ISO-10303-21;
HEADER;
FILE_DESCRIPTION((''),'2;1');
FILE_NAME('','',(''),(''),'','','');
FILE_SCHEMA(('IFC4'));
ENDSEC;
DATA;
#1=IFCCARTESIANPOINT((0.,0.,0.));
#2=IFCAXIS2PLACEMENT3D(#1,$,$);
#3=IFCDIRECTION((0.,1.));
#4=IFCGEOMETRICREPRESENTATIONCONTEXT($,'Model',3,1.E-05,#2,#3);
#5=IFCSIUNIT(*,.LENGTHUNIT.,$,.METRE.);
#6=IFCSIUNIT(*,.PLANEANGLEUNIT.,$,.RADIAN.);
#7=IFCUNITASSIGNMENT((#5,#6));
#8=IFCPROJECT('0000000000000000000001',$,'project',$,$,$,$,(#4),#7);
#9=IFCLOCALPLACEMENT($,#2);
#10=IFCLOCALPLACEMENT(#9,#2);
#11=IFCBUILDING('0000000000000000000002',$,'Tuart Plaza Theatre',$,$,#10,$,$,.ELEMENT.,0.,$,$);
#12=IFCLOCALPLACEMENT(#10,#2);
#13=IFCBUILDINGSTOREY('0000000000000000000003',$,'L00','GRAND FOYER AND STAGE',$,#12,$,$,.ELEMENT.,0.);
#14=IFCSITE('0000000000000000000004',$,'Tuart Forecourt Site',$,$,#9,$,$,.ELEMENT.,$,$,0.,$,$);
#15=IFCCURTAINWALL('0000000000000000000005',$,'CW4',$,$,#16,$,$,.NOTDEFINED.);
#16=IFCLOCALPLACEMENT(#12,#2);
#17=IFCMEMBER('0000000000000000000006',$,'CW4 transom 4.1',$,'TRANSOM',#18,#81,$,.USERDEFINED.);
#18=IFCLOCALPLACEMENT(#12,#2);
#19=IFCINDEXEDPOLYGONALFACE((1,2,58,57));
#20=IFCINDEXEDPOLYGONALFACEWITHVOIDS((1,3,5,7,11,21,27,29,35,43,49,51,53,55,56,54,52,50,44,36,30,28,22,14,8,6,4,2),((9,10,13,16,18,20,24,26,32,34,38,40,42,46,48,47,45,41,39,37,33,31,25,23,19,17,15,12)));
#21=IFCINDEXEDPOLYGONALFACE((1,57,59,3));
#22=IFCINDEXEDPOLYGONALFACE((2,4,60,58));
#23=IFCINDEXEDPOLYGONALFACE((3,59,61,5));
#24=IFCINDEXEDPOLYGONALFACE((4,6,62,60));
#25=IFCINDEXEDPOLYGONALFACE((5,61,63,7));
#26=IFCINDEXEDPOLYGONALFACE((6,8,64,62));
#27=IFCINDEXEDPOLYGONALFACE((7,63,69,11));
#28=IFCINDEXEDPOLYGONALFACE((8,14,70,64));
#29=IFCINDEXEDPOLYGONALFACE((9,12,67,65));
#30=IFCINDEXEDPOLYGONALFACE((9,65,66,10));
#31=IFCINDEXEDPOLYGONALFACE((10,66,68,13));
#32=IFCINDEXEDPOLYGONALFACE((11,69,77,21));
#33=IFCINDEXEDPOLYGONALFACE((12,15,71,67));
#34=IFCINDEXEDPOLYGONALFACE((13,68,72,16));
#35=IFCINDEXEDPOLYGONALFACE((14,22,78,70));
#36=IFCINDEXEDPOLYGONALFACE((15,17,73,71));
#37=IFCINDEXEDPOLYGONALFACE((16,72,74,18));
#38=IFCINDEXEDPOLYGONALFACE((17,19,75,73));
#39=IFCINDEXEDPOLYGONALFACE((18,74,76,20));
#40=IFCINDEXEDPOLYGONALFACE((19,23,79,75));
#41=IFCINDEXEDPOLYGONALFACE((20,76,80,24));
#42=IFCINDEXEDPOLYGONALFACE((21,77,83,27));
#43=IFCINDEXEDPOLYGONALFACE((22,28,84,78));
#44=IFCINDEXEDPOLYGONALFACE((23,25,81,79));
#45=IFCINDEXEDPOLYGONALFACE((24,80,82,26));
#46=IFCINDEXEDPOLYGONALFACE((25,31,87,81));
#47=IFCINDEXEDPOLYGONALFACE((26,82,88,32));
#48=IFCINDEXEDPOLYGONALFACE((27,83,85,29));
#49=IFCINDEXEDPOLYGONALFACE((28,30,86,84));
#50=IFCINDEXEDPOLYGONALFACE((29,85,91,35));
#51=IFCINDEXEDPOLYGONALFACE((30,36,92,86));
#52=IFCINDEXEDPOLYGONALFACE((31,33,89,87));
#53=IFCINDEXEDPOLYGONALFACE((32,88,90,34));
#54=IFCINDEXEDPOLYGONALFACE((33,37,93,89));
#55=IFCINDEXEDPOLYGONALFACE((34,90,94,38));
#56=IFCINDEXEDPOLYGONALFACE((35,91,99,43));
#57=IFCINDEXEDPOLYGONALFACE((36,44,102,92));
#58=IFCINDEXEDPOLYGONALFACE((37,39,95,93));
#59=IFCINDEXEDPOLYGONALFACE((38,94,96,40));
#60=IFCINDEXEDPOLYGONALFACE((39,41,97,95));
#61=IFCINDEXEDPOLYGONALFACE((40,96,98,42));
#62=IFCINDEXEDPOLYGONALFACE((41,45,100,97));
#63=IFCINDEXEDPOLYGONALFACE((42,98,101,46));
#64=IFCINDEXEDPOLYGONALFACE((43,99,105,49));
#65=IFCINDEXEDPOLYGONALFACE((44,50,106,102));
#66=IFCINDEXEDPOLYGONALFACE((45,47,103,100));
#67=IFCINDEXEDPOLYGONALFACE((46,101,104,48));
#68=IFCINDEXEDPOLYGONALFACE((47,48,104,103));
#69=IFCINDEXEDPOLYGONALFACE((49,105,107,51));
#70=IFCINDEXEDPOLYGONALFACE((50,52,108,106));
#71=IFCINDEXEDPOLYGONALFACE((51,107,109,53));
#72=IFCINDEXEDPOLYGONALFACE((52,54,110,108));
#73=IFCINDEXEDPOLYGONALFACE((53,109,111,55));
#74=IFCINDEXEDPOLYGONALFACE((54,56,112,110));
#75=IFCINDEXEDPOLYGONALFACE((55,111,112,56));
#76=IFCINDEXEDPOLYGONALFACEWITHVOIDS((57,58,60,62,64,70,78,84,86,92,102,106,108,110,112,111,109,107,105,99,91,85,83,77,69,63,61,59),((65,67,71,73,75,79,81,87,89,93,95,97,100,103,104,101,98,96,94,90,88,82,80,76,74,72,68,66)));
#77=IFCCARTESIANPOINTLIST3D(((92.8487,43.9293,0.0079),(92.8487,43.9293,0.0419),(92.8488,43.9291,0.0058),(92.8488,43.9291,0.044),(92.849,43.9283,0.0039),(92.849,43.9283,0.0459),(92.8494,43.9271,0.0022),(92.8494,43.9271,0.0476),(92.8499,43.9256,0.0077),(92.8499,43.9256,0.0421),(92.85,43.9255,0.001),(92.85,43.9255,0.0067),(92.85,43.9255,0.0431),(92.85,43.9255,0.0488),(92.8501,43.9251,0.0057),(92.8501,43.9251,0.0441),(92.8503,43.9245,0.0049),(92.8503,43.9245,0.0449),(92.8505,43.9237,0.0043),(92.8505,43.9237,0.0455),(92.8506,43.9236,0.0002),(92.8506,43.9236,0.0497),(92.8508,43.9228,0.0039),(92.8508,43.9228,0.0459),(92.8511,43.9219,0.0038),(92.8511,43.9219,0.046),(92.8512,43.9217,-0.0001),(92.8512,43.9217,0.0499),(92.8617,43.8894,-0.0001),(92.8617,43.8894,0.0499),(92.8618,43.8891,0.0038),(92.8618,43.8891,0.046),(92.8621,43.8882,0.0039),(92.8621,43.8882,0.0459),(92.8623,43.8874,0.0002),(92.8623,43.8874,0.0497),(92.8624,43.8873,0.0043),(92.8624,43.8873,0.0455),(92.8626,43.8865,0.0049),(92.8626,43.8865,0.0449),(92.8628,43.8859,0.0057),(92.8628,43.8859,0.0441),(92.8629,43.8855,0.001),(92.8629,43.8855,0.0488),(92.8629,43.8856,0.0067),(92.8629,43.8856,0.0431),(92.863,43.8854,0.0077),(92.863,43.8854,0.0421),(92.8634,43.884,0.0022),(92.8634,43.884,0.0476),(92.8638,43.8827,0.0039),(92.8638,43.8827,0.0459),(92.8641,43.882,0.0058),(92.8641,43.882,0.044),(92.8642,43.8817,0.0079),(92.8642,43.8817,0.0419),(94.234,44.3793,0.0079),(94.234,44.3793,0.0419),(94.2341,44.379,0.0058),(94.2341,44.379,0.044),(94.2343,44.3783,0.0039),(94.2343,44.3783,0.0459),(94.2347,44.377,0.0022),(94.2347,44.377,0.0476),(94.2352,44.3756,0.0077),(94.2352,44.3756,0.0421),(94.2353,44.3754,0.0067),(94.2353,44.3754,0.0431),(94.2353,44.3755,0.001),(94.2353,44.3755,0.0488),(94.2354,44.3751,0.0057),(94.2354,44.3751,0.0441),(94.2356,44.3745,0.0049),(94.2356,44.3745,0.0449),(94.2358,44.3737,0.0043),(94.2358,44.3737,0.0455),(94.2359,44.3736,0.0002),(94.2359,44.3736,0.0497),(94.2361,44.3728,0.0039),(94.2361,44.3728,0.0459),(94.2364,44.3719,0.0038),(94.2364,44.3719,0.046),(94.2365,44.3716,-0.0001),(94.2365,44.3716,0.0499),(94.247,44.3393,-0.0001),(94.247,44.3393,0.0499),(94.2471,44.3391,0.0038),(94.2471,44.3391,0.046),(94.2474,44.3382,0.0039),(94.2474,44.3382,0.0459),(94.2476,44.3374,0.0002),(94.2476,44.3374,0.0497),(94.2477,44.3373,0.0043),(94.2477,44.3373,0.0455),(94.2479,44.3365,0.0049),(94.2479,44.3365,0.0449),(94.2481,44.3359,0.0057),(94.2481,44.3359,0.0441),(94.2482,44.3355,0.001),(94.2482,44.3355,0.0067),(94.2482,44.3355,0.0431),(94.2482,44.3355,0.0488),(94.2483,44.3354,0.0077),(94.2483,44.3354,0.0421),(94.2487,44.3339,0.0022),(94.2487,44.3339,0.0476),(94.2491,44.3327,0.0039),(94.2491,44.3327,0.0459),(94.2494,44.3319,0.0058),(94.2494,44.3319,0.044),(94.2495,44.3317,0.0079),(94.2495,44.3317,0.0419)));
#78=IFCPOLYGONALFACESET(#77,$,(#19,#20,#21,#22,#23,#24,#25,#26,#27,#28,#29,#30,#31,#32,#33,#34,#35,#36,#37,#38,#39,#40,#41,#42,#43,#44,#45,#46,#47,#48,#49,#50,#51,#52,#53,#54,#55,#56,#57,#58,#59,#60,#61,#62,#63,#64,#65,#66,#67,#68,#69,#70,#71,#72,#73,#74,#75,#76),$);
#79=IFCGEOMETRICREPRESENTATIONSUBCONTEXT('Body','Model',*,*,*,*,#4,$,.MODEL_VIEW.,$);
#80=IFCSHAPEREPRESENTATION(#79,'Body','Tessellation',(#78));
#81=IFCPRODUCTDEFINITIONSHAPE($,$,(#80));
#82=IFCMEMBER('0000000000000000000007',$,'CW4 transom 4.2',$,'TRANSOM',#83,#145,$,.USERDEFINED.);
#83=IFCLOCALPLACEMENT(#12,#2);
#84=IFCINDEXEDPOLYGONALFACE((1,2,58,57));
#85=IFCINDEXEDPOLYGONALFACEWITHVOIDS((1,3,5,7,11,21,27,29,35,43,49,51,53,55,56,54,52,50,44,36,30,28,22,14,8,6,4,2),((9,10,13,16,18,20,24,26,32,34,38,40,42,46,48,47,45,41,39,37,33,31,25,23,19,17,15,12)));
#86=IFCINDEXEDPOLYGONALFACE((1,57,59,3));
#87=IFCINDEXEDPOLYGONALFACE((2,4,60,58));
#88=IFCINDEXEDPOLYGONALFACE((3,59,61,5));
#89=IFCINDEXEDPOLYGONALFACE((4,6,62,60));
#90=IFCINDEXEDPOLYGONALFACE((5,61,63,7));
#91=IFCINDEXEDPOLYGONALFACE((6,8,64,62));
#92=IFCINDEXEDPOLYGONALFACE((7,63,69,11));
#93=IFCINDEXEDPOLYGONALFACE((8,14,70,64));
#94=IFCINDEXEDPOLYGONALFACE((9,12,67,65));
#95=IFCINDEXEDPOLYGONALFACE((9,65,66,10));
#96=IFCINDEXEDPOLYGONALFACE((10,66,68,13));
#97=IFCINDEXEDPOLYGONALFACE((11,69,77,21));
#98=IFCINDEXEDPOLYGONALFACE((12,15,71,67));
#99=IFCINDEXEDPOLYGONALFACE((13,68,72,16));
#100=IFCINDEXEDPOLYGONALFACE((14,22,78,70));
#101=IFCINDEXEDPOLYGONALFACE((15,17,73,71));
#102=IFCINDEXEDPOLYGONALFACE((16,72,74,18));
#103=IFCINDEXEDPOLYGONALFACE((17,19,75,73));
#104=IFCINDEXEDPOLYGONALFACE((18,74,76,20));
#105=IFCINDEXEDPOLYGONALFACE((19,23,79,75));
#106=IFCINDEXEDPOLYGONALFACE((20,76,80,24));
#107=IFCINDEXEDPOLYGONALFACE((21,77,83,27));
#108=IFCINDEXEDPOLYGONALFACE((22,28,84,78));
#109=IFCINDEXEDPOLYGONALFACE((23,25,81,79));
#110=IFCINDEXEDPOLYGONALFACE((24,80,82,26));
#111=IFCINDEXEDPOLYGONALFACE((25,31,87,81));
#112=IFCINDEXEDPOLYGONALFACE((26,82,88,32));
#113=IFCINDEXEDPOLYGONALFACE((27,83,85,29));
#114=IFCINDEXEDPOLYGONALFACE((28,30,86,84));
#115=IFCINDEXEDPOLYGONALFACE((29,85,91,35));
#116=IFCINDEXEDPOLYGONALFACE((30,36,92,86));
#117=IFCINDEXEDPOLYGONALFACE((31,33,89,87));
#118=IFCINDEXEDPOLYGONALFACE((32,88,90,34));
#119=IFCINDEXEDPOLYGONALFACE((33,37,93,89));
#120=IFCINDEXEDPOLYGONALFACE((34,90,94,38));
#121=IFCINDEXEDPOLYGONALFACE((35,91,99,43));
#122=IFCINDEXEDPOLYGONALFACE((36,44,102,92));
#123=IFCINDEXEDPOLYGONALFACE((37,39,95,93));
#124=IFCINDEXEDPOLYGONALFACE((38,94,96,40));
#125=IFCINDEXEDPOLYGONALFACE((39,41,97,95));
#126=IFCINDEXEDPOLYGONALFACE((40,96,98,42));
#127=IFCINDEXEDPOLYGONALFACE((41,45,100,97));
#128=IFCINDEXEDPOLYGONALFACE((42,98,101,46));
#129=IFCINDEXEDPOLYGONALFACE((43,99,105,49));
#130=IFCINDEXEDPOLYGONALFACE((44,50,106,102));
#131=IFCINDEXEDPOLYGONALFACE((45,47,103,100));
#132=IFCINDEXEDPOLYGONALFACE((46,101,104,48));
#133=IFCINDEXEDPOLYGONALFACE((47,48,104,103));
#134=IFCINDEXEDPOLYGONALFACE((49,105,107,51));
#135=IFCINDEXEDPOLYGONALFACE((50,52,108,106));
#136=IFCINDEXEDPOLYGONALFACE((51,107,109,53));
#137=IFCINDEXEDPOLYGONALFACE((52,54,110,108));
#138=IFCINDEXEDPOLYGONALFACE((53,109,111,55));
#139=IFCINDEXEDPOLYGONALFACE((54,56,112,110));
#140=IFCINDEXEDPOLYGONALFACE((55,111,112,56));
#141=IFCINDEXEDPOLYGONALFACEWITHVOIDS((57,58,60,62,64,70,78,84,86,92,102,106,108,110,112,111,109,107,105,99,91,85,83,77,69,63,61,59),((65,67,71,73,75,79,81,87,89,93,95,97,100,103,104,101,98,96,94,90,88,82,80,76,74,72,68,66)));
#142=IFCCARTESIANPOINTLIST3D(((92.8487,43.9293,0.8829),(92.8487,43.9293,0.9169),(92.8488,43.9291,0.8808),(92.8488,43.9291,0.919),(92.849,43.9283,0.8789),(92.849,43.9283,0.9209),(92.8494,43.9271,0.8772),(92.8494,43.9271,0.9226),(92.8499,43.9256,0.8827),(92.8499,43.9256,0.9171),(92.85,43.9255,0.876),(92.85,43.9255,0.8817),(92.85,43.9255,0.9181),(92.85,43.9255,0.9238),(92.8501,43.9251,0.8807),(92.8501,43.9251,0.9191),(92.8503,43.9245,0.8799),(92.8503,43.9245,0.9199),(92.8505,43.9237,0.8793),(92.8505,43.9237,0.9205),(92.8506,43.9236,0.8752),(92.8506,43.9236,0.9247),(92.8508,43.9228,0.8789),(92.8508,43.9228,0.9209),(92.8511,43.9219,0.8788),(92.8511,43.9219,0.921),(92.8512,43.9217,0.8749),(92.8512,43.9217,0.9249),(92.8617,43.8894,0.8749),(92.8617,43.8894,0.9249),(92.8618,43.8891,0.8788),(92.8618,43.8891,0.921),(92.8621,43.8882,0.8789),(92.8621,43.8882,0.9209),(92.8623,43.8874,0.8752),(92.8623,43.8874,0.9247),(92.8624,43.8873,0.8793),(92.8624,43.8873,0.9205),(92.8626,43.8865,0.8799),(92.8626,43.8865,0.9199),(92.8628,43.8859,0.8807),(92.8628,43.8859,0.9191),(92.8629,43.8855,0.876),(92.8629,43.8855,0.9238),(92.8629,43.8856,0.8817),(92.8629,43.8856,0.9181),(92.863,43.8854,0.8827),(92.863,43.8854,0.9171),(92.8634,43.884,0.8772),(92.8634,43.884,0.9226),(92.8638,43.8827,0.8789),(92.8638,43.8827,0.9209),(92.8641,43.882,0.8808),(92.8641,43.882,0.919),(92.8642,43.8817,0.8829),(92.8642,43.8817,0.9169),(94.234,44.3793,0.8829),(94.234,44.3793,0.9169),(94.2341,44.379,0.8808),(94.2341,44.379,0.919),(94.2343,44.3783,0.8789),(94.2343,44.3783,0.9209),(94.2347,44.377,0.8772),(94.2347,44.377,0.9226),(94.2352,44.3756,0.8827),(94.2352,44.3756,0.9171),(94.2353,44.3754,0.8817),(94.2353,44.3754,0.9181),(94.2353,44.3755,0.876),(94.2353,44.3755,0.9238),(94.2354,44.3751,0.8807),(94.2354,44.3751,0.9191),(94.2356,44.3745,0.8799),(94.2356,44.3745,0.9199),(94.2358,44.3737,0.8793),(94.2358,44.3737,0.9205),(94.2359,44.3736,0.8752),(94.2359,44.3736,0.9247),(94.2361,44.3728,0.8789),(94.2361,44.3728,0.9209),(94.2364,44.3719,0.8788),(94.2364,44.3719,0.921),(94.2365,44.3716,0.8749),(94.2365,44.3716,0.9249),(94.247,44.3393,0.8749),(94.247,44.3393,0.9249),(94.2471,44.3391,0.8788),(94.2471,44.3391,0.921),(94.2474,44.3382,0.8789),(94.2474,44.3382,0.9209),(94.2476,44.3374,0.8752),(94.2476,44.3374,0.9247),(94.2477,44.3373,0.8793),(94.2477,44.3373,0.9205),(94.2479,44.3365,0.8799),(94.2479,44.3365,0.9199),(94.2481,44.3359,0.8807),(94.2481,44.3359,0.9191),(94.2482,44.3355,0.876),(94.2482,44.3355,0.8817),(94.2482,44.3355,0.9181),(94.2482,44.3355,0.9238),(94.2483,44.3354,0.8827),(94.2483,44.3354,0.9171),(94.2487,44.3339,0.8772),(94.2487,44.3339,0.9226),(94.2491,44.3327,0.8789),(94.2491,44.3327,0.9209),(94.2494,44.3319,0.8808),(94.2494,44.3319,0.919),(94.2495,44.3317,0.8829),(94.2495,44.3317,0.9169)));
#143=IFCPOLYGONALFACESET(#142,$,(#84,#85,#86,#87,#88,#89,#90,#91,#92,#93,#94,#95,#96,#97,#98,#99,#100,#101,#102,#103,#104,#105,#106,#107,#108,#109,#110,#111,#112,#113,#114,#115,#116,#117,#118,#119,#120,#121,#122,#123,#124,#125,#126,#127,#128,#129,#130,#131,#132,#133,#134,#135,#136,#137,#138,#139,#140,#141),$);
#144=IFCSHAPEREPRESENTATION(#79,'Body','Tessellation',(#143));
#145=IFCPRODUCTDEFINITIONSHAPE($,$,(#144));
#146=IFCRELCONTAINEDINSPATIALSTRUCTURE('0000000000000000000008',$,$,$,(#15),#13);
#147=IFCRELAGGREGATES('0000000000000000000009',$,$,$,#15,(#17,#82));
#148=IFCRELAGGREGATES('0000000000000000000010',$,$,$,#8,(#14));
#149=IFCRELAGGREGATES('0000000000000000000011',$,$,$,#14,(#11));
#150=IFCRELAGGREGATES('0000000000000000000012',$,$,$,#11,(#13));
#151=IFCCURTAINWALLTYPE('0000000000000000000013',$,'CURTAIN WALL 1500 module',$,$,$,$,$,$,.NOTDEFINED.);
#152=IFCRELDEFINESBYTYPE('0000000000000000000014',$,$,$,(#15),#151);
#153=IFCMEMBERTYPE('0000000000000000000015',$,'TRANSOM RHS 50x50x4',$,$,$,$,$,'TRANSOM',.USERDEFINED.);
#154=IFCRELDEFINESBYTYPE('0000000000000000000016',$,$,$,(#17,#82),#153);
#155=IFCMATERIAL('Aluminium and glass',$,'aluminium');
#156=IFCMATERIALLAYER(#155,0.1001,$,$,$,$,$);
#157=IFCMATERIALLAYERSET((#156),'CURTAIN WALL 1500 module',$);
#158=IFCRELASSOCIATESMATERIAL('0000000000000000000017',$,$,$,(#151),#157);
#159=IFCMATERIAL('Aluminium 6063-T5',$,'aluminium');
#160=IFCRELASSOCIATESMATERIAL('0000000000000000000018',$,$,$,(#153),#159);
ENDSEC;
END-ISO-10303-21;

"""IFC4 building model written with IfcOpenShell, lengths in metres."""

from ifc_helpers import new_model, si_unit, direction, frame, origin, origin_2d, place, context, subcontext, project, spatial, hollow_rectangle, extrude, material, layer, layer_set, material_profile, profile_set, type_object, element, aggregate, save


model = new_model("IFC4")

# Units and contexts
model_context = context("Model", 3, precision=1e-05, world=origin(), true_north=direction((0.0, 1.0)))
body_context = subcontext(model_context, "Body", "Model", "MODEL_VIEW")
ifc_project = project(units=[si_unit("LENGTHUNIT", "METRE"), si_unit("PLANEANGLEUNIT", "RADIAN")], contexts=[model_context])

# Site, building, storey
site_placement = place(None, origin())
site = spatial("IfcSite", under=ifc_project, at=site_placement, Name="Tuart Forecourt Site", CompositionType="ELEMENT", RefElevation=0.0)
building_placement = place(site_placement, origin())
building = spatial("IfcBuilding", under=site, at=building_placement, Name="Tuart Plaza Theatre", CompositionType="ELEMENT", ElevationOfRefHeight=0.0)
storey_placement = place(building_placement, origin())
storey = spatial("IfcBuildingStorey", under=building, at=storey_placement, Name="L00", Description="GRAND FOYER AND STAGE", CompositionType="ELEMENT", Elevation=0.0)

# Curtain wall, members
ifc_material_1 = material(Name="Aluminium and glass", Category="aluminium")
ifc_layer_1 = layer(ifc_material_1, 0.1001)
ifc_layer_set_1 = layer_set([ifc_layer_1], Name="CURTAIN WALL 1500 module")
curtain_wall_type = type_object("IfcCurtainWallType", Name="CURTAIN WALL 1500 module", PredefinedType="NOTDEFINED", material=ifc_layer_set_1)
curtain_wall_1_placement = place(storey_placement, origin())
curtain_wall_1 = element("IfcCurtainWall", 1, at=curtain_wall_1_placement, inside=storey, type_object=curtain_wall_type, Name="CW4", PredefinedType="NOTDEFINED")
ifc_material_2 = material(Name="Aluminium 6063-T5", Category="aluminium")
ifc_material_profile_1 = material_profile(ifc_material_2, hollow_rectangle(XDim=0.05, YDim=0.05, WallThickness=0.0039, InnerFilletRadius=0.0039, OuterFilletRadius=0.0081, at=origin_2d()), Name="RHS 50x50x4")
ifc_profile_set_1 = profile_set([ifc_material_profile_1], Name="Aluminium 6063-T5")
member_type_1 = type_object("IfcMemberType", Name="TRANSOM RHS 50x50x4", ElementType="TRANSOM", PredefinedType="USERDEFINED", material=ifc_profile_set_1)
member_1_placement = place(storey_placement, frame((92.8564, 43.9055, 0.0249), z_axis=(0.951086, 0.308927, 0.0), x_axis=(-0.308927, 0.951086, 0.0)))
member_1 = element("IfcMember", 2, at=member_1_placement, type_object=member_type_1, Name="CW4 transom 4.1", ObjectType="TRANSOM", PredefinedType="USERDEFINED", context=body_context, shape_type="SweptSolid", body=[
    extrude(hollow_rectangle(XDim=0.05, YDim=0.05, WallThickness=0.0039, InnerFilletRadius=0.0039, OuterFilletRadius=0.0081, at=origin_2d()), origin(), (0.0, 0.0, 1.0), 1.4565),
])
member_2_placement = place(storey_placement, frame((92.8564, 43.9055, 0.8999), z_axis=(0.951086, 0.308927, 0.0), x_axis=(-0.308927, 0.951086, 0.0)))
member_2 = element("IfcMember", 3, at=member_2_placement, type_object=member_type_1, Name="CW4 transom 4.2", ObjectType="TRANSOM", PredefinedType="USERDEFINED", context=body_context, shape_type="SweptSolid", body=[
    extrude(hollow_rectangle(XDim=0.05, YDim=0.05, WallThickness=0.0039, InnerFilletRadius=0.0039, OuterFilletRadius=0.0081, at=origin_2d()), origin(), (0.0, 0.0, 1.0), 1.4565),
])

aggregate(curtain_wall_1, [member_1, member_2])

save(model, "model.ifc")
